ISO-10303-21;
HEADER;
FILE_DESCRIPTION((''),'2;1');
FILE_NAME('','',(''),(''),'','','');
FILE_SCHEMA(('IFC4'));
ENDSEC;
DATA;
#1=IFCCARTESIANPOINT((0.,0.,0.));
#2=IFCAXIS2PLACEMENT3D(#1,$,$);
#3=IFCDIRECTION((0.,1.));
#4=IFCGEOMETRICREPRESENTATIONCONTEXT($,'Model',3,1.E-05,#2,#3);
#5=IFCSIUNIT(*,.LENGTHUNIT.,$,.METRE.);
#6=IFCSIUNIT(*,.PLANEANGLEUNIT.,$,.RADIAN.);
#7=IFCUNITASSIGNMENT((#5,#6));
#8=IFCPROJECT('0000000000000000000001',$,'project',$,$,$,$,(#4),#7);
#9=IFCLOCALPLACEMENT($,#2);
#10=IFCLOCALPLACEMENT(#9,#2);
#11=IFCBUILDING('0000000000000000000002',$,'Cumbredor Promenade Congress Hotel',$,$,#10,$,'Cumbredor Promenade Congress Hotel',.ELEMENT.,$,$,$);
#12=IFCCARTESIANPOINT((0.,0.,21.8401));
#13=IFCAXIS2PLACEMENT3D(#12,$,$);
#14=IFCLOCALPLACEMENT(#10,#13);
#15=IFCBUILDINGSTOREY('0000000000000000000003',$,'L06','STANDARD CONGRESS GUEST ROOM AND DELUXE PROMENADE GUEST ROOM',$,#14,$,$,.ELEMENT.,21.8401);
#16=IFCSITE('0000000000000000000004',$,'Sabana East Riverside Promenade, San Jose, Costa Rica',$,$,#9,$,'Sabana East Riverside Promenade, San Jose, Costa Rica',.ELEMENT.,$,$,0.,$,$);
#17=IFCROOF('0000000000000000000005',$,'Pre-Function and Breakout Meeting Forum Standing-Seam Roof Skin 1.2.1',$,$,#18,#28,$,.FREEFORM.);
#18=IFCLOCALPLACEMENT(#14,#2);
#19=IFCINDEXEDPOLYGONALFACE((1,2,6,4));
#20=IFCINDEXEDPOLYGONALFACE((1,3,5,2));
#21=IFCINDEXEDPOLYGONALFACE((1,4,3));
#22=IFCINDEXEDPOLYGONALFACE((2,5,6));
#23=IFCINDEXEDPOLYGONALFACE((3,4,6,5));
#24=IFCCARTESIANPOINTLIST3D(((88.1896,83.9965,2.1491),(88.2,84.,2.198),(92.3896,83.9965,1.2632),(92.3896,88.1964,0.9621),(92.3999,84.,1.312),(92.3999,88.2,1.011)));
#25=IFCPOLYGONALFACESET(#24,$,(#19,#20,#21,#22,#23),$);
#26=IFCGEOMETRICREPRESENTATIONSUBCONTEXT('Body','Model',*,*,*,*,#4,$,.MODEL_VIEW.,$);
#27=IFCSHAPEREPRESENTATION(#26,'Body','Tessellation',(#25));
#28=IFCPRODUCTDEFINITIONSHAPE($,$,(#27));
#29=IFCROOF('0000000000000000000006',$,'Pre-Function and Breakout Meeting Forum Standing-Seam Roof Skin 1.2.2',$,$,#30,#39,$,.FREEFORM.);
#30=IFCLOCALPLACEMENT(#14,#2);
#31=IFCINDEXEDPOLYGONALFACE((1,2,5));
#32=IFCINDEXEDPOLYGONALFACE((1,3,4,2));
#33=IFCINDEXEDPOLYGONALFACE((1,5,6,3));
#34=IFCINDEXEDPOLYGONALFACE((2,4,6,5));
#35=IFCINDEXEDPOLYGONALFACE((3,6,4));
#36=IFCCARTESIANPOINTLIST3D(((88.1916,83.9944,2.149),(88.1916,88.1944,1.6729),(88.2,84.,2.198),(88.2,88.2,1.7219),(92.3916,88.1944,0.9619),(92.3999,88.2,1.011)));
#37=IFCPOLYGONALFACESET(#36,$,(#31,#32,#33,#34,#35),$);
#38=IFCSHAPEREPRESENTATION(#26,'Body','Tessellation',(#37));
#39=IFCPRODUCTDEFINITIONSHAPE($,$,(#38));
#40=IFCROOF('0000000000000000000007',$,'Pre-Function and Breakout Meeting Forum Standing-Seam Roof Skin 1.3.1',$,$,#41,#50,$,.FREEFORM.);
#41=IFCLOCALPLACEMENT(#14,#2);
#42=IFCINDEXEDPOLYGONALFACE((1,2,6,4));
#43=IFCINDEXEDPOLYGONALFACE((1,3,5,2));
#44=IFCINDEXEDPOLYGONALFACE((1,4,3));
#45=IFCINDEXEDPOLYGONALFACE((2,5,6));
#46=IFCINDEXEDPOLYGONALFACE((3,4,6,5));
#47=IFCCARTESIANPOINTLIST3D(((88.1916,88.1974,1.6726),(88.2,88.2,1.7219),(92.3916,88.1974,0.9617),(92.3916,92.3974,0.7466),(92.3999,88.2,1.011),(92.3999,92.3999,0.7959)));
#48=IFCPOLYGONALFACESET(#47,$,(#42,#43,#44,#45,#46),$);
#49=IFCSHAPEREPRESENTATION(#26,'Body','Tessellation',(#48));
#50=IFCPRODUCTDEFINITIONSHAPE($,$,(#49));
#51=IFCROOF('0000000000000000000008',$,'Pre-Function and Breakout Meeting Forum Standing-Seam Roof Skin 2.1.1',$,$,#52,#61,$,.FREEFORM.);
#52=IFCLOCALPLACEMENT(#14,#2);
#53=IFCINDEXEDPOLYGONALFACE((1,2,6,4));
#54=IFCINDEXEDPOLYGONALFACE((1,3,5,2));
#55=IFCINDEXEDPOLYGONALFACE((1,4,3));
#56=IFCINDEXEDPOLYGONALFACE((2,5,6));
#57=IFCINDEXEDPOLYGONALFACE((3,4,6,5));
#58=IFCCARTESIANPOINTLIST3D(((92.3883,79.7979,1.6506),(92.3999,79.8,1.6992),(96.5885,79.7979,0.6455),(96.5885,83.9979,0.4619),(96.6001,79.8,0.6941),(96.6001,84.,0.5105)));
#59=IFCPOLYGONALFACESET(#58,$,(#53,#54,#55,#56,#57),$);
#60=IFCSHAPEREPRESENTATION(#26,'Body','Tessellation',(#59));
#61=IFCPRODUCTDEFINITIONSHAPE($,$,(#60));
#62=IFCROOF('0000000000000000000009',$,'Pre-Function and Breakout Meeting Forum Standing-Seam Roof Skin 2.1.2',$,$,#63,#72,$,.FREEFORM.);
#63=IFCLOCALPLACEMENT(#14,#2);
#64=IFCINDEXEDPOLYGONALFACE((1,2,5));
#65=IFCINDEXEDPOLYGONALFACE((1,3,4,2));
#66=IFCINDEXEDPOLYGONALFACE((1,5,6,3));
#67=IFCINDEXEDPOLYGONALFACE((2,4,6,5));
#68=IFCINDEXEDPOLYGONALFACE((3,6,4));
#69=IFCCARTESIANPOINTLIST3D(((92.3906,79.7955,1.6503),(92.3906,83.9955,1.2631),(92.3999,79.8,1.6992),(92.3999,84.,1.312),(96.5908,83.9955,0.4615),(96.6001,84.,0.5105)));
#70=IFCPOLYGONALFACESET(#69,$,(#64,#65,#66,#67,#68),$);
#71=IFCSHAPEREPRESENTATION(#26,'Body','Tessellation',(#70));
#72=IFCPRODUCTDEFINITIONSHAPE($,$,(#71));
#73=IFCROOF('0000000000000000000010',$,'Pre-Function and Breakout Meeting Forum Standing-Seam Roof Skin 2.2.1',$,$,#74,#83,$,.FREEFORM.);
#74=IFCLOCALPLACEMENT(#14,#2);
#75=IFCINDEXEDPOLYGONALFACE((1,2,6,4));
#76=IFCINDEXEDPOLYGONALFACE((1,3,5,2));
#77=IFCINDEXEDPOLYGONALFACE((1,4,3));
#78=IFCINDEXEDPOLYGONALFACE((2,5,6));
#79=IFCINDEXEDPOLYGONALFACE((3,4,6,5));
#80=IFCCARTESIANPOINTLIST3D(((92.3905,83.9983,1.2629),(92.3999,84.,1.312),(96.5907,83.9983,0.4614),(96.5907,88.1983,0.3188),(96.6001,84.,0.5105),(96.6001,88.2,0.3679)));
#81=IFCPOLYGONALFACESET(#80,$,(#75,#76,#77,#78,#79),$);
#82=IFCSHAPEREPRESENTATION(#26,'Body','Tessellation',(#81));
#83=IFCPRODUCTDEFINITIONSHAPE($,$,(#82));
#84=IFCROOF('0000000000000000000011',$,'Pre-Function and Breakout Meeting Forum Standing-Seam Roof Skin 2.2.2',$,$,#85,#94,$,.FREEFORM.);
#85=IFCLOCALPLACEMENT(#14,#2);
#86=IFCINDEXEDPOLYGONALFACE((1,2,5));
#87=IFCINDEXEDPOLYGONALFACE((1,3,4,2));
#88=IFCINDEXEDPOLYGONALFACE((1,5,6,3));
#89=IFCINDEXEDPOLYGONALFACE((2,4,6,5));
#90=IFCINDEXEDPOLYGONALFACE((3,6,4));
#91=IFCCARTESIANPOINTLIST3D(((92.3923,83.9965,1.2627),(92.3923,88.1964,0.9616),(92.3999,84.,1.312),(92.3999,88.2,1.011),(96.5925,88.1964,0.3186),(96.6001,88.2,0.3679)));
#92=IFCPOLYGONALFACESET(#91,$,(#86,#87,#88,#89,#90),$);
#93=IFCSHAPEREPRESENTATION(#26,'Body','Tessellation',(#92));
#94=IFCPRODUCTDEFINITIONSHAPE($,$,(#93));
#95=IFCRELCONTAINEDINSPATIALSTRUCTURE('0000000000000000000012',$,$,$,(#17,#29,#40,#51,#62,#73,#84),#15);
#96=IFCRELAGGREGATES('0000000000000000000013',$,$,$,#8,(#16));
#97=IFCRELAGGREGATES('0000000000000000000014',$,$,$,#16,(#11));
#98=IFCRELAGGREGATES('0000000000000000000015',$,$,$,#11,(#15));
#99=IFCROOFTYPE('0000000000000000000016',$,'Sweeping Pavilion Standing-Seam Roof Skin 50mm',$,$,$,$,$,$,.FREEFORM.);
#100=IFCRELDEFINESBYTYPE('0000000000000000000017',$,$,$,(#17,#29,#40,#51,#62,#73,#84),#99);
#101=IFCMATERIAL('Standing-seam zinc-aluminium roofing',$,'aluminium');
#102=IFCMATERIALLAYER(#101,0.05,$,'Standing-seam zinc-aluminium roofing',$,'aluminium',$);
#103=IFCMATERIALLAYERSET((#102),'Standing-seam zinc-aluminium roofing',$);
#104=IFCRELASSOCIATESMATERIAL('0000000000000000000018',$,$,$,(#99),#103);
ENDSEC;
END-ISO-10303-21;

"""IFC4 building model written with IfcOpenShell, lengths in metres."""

from ifc_helpers import new_model, si_unit, direction, frame, origin, place, context, subcontext, project, spatial, polyline, outline, extrude, material, layer, layer_set, type_object, element, save


model = new_model("IFC4")

# Units and contexts
model_context = context("Model", 3, precision=1e-05, world=origin(), true_north=direction((0.0, 1.0)))
body_context = subcontext(model_context, "Body", "Model", "MODEL_VIEW")
ifc_project = project(units=[si_unit("LENGTHUNIT", "METRE"), si_unit("PLANEANGLEUNIT", "RADIAN")], contexts=[model_context])

# Site, building, storey
site_placement = place(None, origin())
site = spatial("IfcSite", under=ifc_project, at=site_placement, Name="Sabana East Riverside Promenade, San Jose, Costa Rica", LongName="Sabana East Riverside Promenade, San Jose, Costa Rica", CompositionType="ELEMENT", RefElevation=0.0)
building_placement = place(site_placement, origin())
building = spatial("IfcBuilding", under=site, at=building_placement, Name="Cumbredor Promenade Congress Hotel", LongName="Cumbredor Promenade Congress Hotel", CompositionType="ELEMENT")
storey_placement = place(building_placement, frame((0.0, 0.0, 21.8401)))
storey = spatial("IfcBuildingStorey", under=building, at=storey_placement, Name="L06", Description="STANDARD CONGRESS GUEST ROOM AND DELUXE PROMENADE GUEST ROOM", CompositionType="ELEMENT", Elevation=21.8401)

# Roofs
ifc_material_1 = material(Name="Standing-seam zinc-aluminium roofing", Category="aluminium")
ifc_layer_1 = layer(ifc_material_1, 0.05, Name="Standing-seam zinc-aluminium roofing", Category="aluminium")
ifc_layer_set_1 = layer_set([ifc_layer_1], Name="Standing-seam zinc-aluminium roofing")
roof_type = type_object("IfcRoofType", Name="Sweeping Pavilion Standing-Seam Roof Skin 50mm", PredefinedType="FREEFORM", material=ifc_layer_set_1)
roof_1_placement = place(storey_placement, frame((88.2, 84.0, 2.198), z_axis=(0.205903, 0.069958, 0.976068), x_axis=(0.978466, 0.0, -0.206409)))
element("IfcRoof", 1, at=roof_1_placement, inside=storey, type_object=roof_type, Name="Pre-Function and Breakout Meeting Forum Standing-Seam Roof Skin 1.2.1", PredefinedType="FREEFORM", context=body_context, shape_type="SweptSolid", body=[
    extrude(outline(polyline([(0.0, 0.0), (4.2924, 0.0), (4.3545, 4.2103), (0.0, 0.0)])), origin(), (0.0, 0.0, -1.0), 0.05),
])
roof_2_placement = place(storey_placement, frame((88.2, 84.0, 2.198), z_axis=(0.165866, 0.111071, 0.979873), x_axis=(0.693396, 0.693396, -0.195971)))
element("IfcRoof", 2, at=roof_2_placement, inside=storey, type_object=roof_type, Name="Pre-Function and Breakout Meeting Forum Standing-Seam Roof Skin 1.2.2", PredefinedType="FREEFORM", context=body_context, shape_type="SweptSolid", body=[
    extrude(outline(polyline([(0.0, 0.0), (6.0571, 0.0), (3.0055, 2.972), (0.0, 0.0)])), origin(), (0.0, 0.0, -1.0), 0.05),
])
roof_3_placement = place(storey_placement, frame((88.2, 88.2, 1.7219), z_axis=(0.166686, 0.050429, 0.98472), x_axis=(0.985974, 0.0, -0.166899)))
element("IfcRoof", 3, at=roof_3_placement, inside=storey, type_object=roof_type, Name="Pre-Function and Breakout Meeting Forum Standing-Seam Roof Skin 1.3.1", PredefinedType="FREEFORM", context=body_context, shape_type="SweptSolid", body=[
    extrude(outline(polyline([(0.0, 0.0), (4.2597, 0.0), (4.2956, 4.2053), (0.0, 0.0)])), origin(), (0.0, 0.0, -1.0), 0.05),
])
roof_4_placement = place(storey_placement, frame((92.3999, 79.8, 1.6992), z_axis=(0.232524, 0.042475, 0.971663), x_axis=(0.972541, 0.0, -0.232734)))
element("IfcRoof", 4, at=roof_4_placement, inside=storey, type_object=roof_type, Name="Pre-Function and Breakout Meeting Forum Standing-Seam Roof Skin 2.1.1", PredefinedType="FREEFORM", context=body_context, shape_type="SweptSolid", body=[
    extrude(outline(polyline([(0.0, 0.0), (4.3188, 0.0), (4.3615, 4.2037), (0.0, 0.0)])), origin(), (0.0, 0.0, -1.0), 0.05),
])
roof_5_placement = place(storey_placement, frame((92.3999, 79.8, 1.6992), z_axis=(0.186681, 0.09019, 0.978272), x_axis=(0.693378, 0.693338, -0.196237)))
element("IfcRoof", 5, at=roof_5_placement, inside=storey, type_object=roof_type, Name="Pre-Function and Breakout Meeting Forum Standing-Seam Roof Skin 2.1.2", PredefinedType="FREEFORM", context=body_context, shape_type="SweptSolid", body=[
    extrude(outline(polyline([(0.0, 0.0), (6.0576, 0.0), (2.988, 2.9768), (0.0, 0.0)])), origin(), (0.0, 0.0, -1.0), 0.05),
])
roof_6_placement = place(storey_placement, frame((92.3999, 84.0, 1.312), z_axis=(0.187341, 0.033327, 0.981729), x_axis=(0.982275, 0.0, -0.187445)))
element("IfcRoof", 6, at=roof_6_placement, inside=storey, type_object=roof_type, Name="Pre-Function and Breakout Meeting Forum Standing-Seam Roof Skin 2.2.1", PredefinedType="FREEFORM", context=body_context, shape_type="SweptSolid", body=[
    extrude(outline(polyline([(0.0, 0.0), (4.276, 0.0), (4.3027, 4.2023), (0.0, 0.0)])), origin(), (0.0, 0.0, -1.0), 0.05),
])
roof_7_placement = place(storey_placement, frame((92.3999, 84.0, 1.312), z_axis=(0.150962, 0.070671, 0.98601), x_axis=(0.698361, 0.69832, -0.156973)))
element("IfcRoof", 7, at=roof_7_placement, inside=storey, type_object=roof_type, Name="Pre-Function and Breakout Meeting Forum Standing-Seam Roof Skin 2.2.2", PredefinedType="FREEFORM", context=body_context, shape_type="SweptSolid", body=[
    extrude(outline(polyline([(0.0, 0.0), (6.0144, 0.0), (2.9802, 2.9747), (0.0, 0.0)])), origin(), (0.0, 0.0, -1.0), 0.05),
])

save(model, "model.ifc")
